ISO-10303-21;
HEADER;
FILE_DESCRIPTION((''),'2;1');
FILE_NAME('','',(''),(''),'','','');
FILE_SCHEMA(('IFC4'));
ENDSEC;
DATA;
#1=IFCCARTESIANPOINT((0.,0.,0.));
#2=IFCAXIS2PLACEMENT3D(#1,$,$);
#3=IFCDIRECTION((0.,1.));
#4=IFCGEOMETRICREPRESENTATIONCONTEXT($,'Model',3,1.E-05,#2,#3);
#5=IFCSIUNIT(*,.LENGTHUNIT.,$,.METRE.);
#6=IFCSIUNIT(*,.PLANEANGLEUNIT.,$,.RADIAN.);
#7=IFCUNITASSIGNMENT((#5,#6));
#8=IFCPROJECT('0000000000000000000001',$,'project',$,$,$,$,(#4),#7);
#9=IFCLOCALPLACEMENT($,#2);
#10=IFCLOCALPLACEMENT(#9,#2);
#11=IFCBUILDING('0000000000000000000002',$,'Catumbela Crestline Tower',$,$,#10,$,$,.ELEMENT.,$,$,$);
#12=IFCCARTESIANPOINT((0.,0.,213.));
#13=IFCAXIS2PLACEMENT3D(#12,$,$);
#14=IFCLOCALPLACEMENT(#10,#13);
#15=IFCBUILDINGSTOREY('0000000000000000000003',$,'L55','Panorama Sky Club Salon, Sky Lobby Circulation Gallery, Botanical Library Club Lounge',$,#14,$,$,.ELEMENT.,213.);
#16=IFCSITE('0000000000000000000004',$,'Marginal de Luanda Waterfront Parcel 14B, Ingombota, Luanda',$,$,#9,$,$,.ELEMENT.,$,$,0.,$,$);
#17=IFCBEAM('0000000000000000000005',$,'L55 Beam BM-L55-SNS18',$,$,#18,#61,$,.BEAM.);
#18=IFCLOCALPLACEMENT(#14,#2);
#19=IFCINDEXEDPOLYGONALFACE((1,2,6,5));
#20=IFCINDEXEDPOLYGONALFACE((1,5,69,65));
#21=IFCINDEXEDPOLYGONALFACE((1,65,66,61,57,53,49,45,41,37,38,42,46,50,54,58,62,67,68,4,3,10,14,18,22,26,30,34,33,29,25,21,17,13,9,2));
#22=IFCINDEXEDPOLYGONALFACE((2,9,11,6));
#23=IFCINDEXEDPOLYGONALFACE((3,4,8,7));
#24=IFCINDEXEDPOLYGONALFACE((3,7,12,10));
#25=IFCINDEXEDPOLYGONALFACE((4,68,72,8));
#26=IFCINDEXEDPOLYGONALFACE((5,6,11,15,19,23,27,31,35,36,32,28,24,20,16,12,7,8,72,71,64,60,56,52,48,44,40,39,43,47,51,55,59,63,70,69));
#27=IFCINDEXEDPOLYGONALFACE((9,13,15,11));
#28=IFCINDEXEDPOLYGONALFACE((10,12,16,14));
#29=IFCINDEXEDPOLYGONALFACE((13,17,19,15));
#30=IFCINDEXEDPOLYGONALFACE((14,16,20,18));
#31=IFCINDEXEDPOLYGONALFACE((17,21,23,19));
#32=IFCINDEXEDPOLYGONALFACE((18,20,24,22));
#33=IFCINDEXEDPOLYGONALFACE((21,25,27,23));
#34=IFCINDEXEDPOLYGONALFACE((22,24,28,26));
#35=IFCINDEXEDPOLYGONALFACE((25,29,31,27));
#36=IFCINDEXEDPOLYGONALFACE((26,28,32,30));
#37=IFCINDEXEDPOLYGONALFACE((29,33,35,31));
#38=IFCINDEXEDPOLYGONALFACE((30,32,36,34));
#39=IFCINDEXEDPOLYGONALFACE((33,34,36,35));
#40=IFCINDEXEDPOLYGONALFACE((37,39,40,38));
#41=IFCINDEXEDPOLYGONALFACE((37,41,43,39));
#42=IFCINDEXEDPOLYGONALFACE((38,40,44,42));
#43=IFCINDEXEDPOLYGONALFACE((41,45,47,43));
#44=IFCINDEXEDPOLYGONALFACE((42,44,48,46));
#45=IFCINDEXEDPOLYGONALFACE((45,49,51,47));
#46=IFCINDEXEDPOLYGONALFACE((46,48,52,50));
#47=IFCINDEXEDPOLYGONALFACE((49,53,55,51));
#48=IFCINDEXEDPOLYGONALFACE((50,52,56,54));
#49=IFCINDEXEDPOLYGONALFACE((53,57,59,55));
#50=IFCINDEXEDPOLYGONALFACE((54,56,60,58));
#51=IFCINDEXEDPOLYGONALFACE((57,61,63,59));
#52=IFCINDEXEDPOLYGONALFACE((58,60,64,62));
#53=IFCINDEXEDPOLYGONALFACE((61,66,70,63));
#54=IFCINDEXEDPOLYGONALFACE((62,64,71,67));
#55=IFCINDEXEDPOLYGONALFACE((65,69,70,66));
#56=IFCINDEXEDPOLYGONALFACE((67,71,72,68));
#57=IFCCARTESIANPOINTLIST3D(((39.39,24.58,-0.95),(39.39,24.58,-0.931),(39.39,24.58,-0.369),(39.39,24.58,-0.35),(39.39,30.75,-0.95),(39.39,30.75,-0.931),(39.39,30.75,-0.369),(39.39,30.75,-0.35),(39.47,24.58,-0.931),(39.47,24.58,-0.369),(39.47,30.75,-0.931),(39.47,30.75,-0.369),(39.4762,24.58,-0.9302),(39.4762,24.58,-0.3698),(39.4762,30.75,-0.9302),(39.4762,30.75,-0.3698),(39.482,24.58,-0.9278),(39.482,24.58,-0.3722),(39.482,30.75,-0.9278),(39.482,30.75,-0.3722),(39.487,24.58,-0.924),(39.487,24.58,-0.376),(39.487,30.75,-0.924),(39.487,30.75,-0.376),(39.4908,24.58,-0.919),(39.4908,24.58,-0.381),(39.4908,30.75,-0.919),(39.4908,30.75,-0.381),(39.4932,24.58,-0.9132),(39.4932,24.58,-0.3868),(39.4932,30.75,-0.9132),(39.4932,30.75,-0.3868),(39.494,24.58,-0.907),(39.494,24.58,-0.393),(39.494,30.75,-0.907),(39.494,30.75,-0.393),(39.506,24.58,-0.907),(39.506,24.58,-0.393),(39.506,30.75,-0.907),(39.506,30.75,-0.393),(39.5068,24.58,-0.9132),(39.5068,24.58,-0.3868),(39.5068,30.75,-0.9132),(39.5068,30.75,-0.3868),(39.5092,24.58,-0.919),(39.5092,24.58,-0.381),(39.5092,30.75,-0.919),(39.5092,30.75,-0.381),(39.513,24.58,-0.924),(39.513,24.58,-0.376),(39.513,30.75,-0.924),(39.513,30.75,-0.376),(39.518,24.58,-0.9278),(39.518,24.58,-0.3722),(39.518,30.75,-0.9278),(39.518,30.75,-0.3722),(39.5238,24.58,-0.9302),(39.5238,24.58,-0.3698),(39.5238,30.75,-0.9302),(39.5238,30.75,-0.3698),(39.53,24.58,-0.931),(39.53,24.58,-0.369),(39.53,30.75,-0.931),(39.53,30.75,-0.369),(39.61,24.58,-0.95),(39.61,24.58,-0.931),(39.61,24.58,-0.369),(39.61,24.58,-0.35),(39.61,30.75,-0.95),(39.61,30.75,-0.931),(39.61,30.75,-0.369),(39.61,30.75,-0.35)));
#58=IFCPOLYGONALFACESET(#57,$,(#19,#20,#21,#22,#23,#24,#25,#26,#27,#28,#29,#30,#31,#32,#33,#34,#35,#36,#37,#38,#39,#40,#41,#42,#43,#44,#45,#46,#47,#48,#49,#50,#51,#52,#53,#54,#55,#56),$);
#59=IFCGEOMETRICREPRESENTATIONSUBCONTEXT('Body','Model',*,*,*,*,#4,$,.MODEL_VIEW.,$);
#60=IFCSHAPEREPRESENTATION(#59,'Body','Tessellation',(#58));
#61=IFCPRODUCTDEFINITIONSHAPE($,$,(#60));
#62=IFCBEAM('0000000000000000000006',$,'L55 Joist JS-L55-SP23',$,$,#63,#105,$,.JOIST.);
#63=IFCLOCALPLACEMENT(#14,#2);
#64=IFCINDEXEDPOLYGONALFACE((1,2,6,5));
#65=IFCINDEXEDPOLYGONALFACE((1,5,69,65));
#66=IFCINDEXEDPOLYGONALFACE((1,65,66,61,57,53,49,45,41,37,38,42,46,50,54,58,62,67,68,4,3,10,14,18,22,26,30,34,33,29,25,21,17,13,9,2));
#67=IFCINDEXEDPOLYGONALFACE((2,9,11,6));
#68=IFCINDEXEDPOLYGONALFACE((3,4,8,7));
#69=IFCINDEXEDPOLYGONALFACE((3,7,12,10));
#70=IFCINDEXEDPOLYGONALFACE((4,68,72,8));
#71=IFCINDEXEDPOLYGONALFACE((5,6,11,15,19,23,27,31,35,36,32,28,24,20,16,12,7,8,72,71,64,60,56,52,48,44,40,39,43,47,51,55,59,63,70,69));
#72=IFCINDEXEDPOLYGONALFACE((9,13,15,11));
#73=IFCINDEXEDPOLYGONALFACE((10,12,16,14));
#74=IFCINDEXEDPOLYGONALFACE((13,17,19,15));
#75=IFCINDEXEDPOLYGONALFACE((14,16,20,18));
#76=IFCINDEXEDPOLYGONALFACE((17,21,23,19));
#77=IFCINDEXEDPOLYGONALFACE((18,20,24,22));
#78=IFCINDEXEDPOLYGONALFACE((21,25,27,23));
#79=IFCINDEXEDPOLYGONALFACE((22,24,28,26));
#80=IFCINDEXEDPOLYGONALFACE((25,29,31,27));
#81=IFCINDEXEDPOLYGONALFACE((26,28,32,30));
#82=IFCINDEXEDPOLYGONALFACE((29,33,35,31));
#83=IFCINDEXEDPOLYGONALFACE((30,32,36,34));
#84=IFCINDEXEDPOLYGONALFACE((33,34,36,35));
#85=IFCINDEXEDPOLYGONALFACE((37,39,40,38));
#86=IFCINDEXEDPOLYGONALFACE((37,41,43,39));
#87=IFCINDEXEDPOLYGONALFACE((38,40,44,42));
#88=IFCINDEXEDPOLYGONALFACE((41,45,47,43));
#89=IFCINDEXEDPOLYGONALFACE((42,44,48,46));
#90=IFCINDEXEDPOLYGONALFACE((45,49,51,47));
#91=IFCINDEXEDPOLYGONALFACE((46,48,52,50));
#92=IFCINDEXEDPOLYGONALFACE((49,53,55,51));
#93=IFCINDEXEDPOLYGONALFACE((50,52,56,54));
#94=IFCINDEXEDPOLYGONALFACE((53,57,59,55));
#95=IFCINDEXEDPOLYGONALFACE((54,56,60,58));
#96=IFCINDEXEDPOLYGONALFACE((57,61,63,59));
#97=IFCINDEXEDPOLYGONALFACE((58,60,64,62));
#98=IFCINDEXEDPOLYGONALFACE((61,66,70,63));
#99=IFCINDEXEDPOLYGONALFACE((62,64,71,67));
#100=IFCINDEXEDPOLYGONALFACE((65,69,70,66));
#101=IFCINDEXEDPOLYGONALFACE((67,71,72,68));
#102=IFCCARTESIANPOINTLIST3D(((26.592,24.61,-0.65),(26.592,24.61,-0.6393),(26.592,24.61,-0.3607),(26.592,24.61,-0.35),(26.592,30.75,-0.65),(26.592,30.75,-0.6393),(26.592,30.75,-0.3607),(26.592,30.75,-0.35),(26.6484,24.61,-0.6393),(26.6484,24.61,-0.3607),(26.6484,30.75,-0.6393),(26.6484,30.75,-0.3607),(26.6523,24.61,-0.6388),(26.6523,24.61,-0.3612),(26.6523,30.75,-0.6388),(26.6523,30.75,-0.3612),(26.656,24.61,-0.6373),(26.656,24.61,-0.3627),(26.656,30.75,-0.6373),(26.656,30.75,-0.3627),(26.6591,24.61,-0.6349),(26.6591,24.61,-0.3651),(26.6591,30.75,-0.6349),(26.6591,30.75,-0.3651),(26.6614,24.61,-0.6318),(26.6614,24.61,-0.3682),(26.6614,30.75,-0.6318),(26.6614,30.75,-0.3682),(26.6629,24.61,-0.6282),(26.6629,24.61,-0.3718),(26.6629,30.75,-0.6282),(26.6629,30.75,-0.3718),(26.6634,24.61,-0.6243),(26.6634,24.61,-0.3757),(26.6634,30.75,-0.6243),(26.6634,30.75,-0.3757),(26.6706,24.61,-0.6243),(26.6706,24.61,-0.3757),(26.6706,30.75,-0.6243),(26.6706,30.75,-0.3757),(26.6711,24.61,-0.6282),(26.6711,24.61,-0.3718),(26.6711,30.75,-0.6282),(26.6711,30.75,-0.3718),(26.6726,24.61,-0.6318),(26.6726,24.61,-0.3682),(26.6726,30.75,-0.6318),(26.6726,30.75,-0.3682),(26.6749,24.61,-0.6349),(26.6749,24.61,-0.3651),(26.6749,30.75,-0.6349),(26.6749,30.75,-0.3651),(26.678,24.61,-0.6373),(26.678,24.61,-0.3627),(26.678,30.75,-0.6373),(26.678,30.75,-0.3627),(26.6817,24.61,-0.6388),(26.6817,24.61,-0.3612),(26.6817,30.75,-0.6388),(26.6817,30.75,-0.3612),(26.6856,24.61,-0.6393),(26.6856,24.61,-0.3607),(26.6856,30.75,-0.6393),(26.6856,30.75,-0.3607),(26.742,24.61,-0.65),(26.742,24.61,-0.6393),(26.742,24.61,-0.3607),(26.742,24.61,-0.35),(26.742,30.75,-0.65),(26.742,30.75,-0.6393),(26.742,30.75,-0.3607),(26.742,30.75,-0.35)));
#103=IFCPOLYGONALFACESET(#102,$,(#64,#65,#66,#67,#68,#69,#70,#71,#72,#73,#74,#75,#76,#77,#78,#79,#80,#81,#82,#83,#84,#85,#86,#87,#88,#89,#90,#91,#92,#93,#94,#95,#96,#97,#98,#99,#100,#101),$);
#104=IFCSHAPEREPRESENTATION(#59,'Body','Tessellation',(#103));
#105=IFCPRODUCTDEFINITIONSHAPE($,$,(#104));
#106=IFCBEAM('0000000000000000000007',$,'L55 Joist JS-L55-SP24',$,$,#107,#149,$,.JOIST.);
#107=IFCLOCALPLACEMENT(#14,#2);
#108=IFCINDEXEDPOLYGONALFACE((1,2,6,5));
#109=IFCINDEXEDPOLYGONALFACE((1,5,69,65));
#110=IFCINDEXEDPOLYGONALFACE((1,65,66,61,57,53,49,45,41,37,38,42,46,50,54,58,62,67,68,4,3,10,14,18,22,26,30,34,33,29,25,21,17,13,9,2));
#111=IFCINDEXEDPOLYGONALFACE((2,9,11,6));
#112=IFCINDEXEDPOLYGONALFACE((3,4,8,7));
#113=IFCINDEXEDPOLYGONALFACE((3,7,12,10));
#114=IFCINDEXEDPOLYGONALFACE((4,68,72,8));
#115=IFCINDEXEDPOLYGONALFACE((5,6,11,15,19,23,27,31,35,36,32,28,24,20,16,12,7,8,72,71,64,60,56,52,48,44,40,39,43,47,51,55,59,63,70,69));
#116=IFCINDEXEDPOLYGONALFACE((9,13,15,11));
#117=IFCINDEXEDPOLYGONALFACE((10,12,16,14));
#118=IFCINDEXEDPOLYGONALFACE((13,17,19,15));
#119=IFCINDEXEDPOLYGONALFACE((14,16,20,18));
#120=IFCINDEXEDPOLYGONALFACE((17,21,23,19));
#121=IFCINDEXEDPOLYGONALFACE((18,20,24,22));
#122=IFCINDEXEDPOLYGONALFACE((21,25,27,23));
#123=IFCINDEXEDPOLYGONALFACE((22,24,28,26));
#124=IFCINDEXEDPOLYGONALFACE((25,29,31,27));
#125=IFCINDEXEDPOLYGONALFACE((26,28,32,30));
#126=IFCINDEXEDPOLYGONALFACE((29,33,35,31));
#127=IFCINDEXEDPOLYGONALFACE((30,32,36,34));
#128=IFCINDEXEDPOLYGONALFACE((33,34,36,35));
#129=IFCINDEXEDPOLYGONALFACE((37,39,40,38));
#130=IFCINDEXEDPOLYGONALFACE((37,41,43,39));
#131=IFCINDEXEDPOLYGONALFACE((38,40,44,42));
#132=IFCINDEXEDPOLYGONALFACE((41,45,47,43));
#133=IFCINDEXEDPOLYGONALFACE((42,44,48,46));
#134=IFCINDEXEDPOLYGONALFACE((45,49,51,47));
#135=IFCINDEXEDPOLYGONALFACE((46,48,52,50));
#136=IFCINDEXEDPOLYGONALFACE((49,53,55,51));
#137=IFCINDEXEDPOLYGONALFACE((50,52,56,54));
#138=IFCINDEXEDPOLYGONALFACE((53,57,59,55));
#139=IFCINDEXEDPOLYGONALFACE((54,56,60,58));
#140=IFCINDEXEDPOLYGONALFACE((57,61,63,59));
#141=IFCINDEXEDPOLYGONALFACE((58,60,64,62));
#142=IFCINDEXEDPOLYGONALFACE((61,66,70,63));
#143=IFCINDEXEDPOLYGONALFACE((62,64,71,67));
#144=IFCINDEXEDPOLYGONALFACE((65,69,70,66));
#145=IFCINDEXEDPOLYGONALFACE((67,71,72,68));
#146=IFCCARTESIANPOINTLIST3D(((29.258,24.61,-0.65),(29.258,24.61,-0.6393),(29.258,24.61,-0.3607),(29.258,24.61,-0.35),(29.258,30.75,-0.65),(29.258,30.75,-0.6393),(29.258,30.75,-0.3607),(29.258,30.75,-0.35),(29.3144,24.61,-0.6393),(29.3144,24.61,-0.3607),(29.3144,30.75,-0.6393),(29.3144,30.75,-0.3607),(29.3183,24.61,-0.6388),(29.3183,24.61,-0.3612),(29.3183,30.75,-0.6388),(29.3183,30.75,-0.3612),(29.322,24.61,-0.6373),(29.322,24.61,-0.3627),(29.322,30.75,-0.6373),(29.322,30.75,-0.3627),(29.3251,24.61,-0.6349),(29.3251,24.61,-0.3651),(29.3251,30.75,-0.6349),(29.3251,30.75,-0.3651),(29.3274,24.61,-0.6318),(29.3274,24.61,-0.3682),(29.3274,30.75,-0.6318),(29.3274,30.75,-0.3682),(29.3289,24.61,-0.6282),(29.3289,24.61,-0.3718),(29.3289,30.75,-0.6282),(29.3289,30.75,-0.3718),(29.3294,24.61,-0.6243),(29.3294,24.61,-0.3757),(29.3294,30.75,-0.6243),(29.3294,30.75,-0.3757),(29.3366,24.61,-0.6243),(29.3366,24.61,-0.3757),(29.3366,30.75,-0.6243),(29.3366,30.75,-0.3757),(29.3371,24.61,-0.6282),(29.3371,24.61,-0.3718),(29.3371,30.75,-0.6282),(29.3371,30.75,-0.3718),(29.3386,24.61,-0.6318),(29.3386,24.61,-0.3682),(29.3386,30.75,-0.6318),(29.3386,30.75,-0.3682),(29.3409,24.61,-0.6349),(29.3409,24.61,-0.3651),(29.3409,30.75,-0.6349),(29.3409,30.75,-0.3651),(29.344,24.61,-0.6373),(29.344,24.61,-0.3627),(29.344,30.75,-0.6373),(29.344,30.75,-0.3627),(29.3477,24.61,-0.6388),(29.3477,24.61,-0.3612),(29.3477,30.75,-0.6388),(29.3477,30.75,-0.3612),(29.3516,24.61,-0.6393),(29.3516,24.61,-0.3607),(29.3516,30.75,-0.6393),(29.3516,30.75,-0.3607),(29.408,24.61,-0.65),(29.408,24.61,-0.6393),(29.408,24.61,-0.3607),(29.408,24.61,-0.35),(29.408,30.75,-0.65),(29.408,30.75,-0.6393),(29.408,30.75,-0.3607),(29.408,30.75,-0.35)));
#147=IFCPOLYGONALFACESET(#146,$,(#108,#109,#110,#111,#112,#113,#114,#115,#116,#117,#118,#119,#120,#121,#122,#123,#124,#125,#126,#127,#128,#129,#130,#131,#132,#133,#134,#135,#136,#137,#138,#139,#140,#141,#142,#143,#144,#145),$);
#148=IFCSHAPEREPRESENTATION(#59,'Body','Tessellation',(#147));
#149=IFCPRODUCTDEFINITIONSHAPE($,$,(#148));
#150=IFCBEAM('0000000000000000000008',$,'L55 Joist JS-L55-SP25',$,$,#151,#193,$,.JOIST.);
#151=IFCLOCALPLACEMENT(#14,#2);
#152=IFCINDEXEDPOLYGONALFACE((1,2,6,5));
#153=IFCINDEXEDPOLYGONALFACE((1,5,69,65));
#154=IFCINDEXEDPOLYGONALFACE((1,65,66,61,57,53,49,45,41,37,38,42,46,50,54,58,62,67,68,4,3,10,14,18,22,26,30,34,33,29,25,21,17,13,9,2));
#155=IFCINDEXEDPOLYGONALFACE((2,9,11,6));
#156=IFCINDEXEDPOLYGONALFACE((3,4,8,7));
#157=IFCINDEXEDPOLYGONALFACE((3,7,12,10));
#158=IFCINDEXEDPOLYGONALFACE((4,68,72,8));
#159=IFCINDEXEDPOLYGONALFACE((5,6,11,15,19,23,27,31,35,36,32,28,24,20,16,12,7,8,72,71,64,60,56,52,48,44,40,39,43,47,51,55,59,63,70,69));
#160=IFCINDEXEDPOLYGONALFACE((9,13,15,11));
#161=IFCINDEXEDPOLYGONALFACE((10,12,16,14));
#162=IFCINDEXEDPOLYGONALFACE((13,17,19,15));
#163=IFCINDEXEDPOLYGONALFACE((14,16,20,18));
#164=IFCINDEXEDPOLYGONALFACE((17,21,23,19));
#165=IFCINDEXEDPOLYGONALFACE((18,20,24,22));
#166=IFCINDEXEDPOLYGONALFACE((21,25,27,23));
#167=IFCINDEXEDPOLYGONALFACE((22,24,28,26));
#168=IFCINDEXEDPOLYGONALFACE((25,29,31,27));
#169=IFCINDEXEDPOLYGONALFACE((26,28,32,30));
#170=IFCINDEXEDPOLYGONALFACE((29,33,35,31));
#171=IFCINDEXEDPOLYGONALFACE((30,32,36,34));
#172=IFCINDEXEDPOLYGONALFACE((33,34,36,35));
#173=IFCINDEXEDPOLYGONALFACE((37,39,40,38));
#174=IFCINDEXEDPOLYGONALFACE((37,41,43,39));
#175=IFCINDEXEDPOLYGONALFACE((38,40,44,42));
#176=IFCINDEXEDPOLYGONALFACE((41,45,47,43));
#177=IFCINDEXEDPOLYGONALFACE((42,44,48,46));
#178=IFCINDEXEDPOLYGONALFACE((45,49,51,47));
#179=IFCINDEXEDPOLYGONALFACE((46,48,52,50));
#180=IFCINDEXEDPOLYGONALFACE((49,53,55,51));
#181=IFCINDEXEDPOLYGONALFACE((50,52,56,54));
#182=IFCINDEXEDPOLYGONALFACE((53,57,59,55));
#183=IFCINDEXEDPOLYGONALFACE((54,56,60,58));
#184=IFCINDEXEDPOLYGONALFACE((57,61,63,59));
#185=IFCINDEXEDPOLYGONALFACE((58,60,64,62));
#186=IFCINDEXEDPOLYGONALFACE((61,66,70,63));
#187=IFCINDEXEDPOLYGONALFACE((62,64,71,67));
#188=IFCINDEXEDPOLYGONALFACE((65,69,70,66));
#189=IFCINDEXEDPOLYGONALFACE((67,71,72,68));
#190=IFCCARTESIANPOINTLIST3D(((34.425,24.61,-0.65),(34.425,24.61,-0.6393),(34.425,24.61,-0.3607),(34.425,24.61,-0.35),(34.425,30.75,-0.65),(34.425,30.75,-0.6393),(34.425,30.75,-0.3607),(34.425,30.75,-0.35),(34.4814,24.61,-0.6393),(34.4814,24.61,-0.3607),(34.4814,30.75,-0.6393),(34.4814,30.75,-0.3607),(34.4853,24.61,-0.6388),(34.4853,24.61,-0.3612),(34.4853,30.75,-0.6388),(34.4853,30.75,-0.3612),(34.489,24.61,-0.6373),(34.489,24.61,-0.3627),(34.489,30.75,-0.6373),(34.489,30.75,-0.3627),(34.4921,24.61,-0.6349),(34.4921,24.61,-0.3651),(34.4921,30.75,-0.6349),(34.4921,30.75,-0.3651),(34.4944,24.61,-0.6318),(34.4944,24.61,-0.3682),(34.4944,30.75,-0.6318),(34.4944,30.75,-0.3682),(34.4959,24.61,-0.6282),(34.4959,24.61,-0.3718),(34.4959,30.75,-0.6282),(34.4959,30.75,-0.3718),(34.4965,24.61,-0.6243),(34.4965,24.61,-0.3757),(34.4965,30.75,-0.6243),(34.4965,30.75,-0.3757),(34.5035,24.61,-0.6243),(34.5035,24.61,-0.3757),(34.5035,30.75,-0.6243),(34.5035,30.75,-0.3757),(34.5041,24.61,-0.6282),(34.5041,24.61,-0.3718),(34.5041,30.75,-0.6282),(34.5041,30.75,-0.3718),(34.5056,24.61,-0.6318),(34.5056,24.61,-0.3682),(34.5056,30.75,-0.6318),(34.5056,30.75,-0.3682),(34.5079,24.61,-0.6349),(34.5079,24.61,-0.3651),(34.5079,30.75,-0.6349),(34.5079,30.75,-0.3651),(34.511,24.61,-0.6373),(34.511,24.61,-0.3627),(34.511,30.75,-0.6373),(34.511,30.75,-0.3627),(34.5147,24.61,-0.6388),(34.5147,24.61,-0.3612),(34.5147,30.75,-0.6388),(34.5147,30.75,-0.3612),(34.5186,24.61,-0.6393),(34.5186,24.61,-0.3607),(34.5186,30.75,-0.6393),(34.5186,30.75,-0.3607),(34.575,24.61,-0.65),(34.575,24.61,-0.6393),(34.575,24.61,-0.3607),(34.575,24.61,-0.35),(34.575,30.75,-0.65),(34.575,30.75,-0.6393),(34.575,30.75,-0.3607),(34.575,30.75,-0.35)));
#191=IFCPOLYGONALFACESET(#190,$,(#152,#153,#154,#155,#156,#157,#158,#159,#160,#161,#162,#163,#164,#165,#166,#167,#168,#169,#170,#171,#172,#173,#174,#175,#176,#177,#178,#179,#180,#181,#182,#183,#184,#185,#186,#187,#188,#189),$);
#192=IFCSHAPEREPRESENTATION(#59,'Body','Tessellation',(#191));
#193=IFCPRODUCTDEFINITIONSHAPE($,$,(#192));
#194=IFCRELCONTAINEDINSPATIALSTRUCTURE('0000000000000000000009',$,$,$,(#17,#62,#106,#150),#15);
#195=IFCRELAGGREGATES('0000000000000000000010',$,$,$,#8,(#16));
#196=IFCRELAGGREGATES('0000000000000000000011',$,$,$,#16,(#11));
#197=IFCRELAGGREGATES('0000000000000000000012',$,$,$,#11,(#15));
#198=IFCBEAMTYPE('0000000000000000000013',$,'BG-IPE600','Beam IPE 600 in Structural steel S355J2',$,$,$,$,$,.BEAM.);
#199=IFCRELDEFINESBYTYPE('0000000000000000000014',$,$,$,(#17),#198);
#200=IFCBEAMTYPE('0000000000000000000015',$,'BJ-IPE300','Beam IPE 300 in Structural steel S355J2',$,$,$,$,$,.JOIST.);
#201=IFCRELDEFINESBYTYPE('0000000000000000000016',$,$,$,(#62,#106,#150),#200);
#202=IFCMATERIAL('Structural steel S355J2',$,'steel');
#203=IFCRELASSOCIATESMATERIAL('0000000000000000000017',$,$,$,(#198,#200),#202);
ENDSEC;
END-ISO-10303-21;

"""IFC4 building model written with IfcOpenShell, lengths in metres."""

from ifc_helpers import new_model, si_unit, direction, frame, origin, origin_2d, place, context, subcontext, project, spatial, i_section, extrude, material, material_profile, profile_set, type_object, element, save


model = new_model("IFC4")

# Units and contexts
model_context = context("Model", 3, precision=1e-05, world=origin(), true_north=direction((0.0, 1.0)))
body_context = subcontext(model_context, "Body", "Model", "MODEL_VIEW")
ifc_project = project(units=[si_unit("LENGTHUNIT", "METRE"), si_unit("PLANEANGLEUNIT", "RADIAN")], contexts=[model_context])

# Site, building, storey
site_placement = place(None, origin())
site = spatial("IfcSite", under=ifc_project, at=site_placement, Name="Marginal de Luanda Waterfront Parcel 14B, Ingombota, Luanda", CompositionType="ELEMENT", RefElevation=0.0)
building_placement = place(site_placement, origin())
building = spatial("IfcBuilding", under=site, at=building_placement, Name="Catumbela Crestline Tower", CompositionType="ELEMENT")
storey_placement = place(building_placement, frame((0.0, 0.0, 213.0)))
storey = spatial("IfcBuildingStorey", under=building, at=storey_placement, Name="L55", Description="Panorama Sky Club Salon, Sky Lobby Circulation Gallery, Botanical Library Club Lounge", CompositionType="ELEMENT", Elevation=213.0)

# Shared definitions
ifc_material_1 = material(Name="Structural steel S355J2", Category="steel")

# Beams
ifc_material_profile_1 = material_profile(ifc_material_1, i_section(OverallWidth=0.22, OverallDepth=0.6, WebThickness=0.012, FlangeThickness=0.019, FilletRadius=0.024, at=origin_2d()), Name="IPE 600")
ifc_profile_set_1 = profile_set([ifc_material_profile_1], Name="Structural steel S355J2")
beam_type_1 = type_object("IfcBeamType", Name="BG-IPE600", Description="Beam IPE 600 in Structural steel S355J2", PredefinedType="BEAM", material=ifc_profile_set_1)
for number, where, z_axis, x_axis, name in (
    (1, (39.5, 24.58, -0.65), (0.0, 1.0, 0.0), (-1.0, 0.0, 0.0), "L55 Beam BM-L55-SNS18"),
):
    element("IfcBeam", number, at=place(storey_placement, frame(where, z_axis=z_axis, x_axis=x_axis)), inside=storey, type_object=beam_type_1, Name=name, PredefinedType="BEAM", context=body_context, shape_type="SweptSolid", body=[
        extrude(i_section(OverallWidth=0.22, OverallDepth=0.6, WebThickness=0.012, FlangeThickness=0.019, FilletRadius=0.024, at=origin_2d()), origin(), (0.0, 0.0, 1.0), 6.17),
    ])
ifc_material_profile_2 = material_profile(ifc_material_1, i_section(OverallWidth=0.15, OverallDepth=0.3, WebThickness=0.0071, FlangeThickness=0.0107, FilletRadius=0.015, at=origin_2d()), Name="IPE 300")
ifc_profile_set_2 = profile_set([ifc_material_profile_2], Name="Structural steel S355J2")
beam_type_2 = type_object("IfcBeamType", Name="BJ-IPE300", Description="Beam IPE 300 in Structural steel S355J2", PredefinedType="JOIST", material=ifc_profile_set_2)
for number, where, z_axis, x_axis, name in (
    (2, (26.667, 24.61, -0.5), (0.0, 1.0, 0.0), (-1.0, 0.0, 0.0), "L55 Joist JS-L55-SP23"),
    (3, (29.333, 24.61, -0.5), (0.0, 1.0, 0.0), (-1.0, 0.0, 0.0), "L55 Joist JS-L55-SP24"),
    (4, (34.5, 24.61, -0.5), (0.0, 1.0, 0.0), (-1.0, 0.0, 0.0), "L55 Joist JS-L55-SP25"),
):
    element("IfcBeam", number, at=place(storey_placement, frame(where, z_axis=z_axis, x_axis=x_axis)), inside=storey, type_object=beam_type_2, Name=name, PredefinedType="JOIST", context=body_context, shape_type="SweptSolid", body=[
        extrude(i_section(OverallWidth=0.15, OverallDepth=0.3, WebThickness=0.0071, FlangeThickness=0.0107, FilletRadius=0.015, at=origin_2d()), origin(), (0.0, 0.0, 1.0), 6.14),
    ])

save(model, "model.ifc")
